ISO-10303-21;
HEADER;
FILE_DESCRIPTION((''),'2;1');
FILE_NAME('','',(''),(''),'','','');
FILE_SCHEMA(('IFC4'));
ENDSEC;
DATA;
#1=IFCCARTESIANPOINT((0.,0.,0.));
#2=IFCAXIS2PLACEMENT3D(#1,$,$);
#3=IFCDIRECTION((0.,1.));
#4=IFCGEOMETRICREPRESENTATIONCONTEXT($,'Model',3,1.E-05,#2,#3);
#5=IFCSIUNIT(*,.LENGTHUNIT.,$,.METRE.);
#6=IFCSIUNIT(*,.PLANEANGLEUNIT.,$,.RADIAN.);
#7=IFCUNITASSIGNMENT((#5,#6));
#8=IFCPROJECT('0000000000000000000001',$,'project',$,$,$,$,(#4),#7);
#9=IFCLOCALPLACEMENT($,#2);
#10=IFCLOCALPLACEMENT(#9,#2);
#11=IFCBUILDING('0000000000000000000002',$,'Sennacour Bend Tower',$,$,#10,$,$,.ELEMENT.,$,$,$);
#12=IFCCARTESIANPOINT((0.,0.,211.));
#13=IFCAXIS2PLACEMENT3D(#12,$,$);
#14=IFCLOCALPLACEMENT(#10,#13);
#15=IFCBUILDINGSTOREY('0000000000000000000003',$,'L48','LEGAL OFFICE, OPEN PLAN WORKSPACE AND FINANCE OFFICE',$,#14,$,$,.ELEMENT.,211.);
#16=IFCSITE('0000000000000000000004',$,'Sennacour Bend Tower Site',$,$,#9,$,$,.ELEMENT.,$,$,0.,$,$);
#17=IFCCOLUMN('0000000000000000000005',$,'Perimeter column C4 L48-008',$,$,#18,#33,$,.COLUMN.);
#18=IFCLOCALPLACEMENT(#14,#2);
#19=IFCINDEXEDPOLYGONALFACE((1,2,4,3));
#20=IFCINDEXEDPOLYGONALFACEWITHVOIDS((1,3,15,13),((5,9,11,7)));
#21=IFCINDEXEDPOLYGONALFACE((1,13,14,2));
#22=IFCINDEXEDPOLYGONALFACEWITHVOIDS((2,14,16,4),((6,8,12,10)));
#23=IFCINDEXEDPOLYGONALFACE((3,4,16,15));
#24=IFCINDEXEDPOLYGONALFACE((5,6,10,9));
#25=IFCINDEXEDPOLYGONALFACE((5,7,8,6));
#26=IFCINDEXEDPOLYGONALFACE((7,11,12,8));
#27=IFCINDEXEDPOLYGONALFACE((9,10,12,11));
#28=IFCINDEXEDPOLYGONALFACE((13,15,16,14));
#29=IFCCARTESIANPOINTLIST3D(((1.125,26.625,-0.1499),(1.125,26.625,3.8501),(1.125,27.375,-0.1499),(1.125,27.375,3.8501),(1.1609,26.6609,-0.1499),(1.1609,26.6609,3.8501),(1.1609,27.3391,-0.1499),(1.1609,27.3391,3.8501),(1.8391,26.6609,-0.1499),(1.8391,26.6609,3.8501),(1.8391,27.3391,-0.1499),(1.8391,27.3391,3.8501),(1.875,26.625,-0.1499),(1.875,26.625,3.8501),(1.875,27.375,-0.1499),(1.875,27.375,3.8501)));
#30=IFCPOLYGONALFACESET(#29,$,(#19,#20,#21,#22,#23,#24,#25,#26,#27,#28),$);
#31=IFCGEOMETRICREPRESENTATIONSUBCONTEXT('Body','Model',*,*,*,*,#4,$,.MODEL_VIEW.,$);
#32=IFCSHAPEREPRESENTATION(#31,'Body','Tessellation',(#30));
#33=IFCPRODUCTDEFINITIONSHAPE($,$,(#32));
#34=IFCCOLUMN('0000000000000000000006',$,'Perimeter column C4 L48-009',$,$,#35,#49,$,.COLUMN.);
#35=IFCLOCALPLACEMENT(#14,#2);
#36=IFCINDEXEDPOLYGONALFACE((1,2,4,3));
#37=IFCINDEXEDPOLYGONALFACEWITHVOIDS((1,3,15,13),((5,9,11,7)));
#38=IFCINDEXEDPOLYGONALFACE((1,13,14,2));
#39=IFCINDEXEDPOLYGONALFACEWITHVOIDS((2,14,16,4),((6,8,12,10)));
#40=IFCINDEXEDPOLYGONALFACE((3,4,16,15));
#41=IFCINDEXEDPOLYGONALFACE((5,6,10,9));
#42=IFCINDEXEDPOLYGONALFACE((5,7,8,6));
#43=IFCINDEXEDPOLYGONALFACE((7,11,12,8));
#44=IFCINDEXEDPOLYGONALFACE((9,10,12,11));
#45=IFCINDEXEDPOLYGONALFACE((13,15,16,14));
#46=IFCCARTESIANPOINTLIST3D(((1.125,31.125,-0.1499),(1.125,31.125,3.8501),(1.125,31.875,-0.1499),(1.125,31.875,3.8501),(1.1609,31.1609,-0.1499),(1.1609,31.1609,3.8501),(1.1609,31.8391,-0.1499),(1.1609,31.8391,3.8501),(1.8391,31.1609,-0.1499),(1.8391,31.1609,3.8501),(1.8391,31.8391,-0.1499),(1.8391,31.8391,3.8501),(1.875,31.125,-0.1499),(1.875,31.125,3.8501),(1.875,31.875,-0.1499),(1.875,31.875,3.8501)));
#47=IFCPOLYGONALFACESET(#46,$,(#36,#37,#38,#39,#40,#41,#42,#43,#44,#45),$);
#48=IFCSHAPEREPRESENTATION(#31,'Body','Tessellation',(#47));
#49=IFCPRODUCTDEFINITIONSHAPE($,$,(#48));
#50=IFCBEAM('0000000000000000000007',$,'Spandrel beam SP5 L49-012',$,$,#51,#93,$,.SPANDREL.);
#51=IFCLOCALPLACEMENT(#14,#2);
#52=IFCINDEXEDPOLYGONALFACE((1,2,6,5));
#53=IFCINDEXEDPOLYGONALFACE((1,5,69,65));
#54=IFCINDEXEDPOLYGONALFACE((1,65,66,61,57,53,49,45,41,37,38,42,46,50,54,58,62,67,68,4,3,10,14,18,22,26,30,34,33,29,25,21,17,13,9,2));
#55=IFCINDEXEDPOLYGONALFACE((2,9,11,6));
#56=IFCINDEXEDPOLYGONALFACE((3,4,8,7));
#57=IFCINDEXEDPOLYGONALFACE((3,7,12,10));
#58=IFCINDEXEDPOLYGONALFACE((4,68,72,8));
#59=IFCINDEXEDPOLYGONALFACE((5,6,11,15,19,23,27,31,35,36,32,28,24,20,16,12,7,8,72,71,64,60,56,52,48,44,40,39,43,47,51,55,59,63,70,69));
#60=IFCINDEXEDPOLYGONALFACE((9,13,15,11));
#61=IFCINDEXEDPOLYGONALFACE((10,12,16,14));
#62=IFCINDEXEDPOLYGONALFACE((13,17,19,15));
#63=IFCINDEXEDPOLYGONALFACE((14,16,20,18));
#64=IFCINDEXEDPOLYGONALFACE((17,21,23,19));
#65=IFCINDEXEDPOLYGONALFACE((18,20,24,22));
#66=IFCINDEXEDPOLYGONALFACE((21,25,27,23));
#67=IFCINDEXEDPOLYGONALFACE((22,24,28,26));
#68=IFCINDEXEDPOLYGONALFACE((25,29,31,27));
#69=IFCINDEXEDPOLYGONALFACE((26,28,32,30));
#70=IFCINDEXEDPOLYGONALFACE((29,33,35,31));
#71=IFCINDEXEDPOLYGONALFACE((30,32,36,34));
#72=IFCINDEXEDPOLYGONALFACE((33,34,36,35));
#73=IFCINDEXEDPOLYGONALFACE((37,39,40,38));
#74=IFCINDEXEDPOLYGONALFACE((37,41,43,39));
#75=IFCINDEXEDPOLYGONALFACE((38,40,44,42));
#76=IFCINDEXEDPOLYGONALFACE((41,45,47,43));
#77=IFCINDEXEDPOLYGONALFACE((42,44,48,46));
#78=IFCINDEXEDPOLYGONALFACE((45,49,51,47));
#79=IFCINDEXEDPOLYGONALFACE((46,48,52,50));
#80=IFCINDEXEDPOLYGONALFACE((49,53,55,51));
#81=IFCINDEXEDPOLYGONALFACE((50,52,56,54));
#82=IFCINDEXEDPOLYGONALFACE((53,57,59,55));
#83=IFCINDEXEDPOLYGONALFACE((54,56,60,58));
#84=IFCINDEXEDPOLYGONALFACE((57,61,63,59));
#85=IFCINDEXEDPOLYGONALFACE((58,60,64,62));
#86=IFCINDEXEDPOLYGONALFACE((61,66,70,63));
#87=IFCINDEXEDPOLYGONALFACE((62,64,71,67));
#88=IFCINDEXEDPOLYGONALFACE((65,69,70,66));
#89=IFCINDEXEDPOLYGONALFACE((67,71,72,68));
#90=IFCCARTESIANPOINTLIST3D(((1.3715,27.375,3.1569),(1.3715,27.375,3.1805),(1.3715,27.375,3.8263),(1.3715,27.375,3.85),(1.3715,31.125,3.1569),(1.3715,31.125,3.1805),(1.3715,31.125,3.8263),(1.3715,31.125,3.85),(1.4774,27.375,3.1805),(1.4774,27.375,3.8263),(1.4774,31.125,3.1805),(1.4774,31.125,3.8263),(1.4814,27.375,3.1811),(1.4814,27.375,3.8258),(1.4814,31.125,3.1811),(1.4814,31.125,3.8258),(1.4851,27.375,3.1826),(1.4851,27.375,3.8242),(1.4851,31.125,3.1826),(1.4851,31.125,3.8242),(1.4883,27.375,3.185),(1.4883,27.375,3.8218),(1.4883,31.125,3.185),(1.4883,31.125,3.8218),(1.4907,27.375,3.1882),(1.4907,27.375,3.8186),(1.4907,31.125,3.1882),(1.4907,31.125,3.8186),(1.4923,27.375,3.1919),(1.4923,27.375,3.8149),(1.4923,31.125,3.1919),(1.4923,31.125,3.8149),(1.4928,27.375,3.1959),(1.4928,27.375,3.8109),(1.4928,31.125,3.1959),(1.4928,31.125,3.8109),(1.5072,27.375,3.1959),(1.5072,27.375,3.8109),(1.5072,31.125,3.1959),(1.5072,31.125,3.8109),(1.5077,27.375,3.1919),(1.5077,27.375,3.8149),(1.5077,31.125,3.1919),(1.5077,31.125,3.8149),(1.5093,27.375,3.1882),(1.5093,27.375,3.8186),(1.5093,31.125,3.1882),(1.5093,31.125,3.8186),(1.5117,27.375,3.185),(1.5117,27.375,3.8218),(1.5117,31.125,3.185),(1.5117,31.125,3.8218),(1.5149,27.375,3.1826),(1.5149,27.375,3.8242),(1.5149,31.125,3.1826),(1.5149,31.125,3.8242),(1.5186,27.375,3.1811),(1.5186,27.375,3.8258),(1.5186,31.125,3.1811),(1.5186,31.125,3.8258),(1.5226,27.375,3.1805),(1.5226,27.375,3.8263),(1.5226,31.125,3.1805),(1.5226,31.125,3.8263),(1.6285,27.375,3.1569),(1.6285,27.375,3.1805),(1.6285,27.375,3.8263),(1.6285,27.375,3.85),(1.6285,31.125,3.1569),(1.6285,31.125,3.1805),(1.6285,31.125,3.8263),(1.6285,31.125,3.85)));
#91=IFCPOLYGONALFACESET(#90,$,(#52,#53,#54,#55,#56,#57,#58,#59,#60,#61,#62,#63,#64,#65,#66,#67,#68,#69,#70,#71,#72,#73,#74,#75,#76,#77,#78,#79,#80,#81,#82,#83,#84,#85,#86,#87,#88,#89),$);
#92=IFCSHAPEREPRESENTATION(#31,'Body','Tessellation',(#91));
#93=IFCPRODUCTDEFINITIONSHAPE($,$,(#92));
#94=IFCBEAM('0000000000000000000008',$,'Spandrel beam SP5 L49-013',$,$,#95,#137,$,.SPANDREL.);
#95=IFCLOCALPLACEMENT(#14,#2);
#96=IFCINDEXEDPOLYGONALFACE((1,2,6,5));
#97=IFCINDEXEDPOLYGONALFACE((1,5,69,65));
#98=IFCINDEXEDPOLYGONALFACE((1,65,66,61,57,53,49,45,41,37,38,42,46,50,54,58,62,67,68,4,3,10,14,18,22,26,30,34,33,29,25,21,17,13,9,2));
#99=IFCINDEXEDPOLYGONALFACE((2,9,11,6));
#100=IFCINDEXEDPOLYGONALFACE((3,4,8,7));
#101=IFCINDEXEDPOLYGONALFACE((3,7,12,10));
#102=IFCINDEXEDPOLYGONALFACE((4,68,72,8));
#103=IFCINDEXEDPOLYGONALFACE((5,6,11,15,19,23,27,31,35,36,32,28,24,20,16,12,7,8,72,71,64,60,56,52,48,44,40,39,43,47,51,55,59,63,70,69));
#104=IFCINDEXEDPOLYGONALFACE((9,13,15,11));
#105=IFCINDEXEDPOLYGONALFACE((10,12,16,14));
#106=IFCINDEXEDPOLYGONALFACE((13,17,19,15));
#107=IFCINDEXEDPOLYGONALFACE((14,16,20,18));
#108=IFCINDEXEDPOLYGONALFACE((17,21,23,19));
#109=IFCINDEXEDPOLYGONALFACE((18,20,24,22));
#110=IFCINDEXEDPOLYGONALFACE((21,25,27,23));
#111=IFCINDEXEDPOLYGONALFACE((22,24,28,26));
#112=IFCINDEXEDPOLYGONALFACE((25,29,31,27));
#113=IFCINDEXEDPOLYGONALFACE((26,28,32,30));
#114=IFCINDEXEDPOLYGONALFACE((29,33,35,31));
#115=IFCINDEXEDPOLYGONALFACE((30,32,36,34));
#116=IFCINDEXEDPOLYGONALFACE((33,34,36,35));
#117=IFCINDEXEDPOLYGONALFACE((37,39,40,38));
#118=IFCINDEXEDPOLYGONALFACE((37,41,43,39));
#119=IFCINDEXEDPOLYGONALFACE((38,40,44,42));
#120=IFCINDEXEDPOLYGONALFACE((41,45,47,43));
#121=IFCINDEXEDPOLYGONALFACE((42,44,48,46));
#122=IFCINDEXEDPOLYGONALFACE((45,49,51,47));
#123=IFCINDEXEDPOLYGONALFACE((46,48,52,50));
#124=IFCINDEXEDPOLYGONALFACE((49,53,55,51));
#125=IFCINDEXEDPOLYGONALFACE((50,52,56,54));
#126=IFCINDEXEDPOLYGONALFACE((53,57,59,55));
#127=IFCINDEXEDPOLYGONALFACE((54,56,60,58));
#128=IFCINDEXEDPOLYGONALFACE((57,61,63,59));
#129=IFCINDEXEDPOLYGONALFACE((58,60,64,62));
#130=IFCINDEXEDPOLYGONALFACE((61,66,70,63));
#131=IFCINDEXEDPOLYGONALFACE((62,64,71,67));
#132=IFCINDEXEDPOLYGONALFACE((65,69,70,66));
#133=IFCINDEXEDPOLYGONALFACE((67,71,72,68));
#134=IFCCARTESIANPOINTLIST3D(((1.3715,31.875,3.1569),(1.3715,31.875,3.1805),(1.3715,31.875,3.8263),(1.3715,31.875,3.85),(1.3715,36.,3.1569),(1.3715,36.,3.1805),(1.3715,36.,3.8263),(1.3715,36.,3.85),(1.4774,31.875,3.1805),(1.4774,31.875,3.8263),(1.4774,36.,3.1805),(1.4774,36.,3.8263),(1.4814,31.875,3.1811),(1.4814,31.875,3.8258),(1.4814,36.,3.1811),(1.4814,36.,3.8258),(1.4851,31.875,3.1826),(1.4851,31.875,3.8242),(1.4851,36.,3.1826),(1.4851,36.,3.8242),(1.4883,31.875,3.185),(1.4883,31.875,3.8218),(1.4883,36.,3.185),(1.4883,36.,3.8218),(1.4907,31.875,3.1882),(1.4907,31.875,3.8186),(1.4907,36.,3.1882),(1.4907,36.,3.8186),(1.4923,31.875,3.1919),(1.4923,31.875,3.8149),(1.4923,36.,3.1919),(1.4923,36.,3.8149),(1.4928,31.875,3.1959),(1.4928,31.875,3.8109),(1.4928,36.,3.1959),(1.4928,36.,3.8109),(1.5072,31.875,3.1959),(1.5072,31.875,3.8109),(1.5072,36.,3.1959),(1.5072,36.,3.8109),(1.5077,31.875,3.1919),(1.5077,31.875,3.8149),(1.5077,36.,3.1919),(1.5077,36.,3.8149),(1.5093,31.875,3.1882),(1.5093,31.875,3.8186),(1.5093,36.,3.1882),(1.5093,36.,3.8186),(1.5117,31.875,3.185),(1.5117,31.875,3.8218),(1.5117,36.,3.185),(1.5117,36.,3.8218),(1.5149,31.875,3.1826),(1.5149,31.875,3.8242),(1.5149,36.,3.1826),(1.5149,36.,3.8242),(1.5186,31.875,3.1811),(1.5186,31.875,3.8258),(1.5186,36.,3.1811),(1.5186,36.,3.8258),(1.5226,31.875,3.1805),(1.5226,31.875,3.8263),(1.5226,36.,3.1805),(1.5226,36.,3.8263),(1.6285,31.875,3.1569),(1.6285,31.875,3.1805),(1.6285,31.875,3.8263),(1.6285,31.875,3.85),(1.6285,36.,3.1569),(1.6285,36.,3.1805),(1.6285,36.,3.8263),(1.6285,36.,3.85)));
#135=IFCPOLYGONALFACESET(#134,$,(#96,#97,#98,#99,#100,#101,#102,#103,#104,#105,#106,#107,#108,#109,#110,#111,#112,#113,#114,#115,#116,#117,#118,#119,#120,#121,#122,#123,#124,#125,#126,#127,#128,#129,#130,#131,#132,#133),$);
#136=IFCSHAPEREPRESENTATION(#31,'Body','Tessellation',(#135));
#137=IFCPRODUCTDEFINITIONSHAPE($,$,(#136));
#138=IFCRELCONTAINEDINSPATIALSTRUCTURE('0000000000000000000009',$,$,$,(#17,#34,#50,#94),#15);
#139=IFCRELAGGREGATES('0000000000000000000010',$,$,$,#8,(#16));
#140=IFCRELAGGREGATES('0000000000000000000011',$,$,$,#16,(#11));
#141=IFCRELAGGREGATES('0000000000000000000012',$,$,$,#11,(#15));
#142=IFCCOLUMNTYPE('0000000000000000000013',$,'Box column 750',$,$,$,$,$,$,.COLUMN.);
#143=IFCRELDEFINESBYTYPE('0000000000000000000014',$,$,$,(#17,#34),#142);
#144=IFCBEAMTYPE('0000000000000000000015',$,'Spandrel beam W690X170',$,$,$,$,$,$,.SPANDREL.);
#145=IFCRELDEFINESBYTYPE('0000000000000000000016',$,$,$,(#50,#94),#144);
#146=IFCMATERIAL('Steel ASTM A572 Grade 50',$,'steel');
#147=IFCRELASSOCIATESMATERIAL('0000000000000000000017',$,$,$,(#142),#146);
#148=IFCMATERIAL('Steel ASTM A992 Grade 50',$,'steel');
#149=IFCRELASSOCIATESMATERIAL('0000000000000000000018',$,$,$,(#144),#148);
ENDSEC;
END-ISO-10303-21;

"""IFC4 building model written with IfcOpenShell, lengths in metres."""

from ifc_helpers import new_model, si_unit, direction, frame, origin, origin_2d, place, context, subcontext, project, spatial, hollow_rectangle, i_section, extrude, material, material_profile, profile_set, type_object, element, save


model = new_model("IFC4")

# Units and contexts
model_context = context("Model", 3, precision=1e-05, world=origin(), true_north=direction((0.0, 1.0)))
body_context = subcontext(model_context, "Body", "Model", "MODEL_VIEW")
ifc_project = project(units=[si_unit("LENGTHUNIT", "METRE"), si_unit("PLANEANGLEUNIT", "RADIAN")], contexts=[model_context])

# Site, building, storey
site_placement = place(None, origin())
site = spatial("IfcSite", under=ifc_project, at=site_placement, Name="Sennacour Bend Tower Site", CompositionType="ELEMENT", RefElevation=0.0)
building_placement = place(site_placement, origin())
building = spatial("IfcBuilding", under=site, at=building_placement, Name="Sennacour Bend Tower", CompositionType="ELEMENT")
storey_placement = place(building_placement, frame((0.0, 0.0, 211.0)))
storey = spatial("IfcBuildingStorey", under=building, at=storey_placement, Name="L48", Description="LEGAL OFFICE, OPEN PLAN WORKSPACE AND FINANCE OFFICE", CompositionType="ELEMENT", Elevation=211.0)

# Columns
ifc_material_1 = material(Name="Steel ASTM A572 Grade 50", Category="steel")
ifc_material_profile_1 = material_profile(ifc_material_1, hollow_rectangle(XDim=0.75, YDim=0.75, WallThickness=0.0359, at=origin_2d()), Name="Steel ASTM A572 Grade 50", Category="steel")
ifc_profile_set_1 = profile_set([ifc_material_profile_1], Name="Steel ASTM A572 Grade 50")
column_type = type_object("IfcColumnType", Name="Box column 750", PredefinedType="COLUMN", material=ifc_profile_set_1)
for number, where, z_axis, x_axis, name in (
    (1, (1.5, 27.0, -0.1499), (0.0, 0.0, 1.0), (1.0, 0.0, 0.0), "Perimeter column C4 L48-008"),
    (2, (1.5, 31.5, -0.1499), (0.0, 0.0, 1.0), (1.0, 0.0, 0.0), "Perimeter column C4 L48-009"),
):
    element("IfcColumn", number, at=place(storey_placement, frame(where, z_axis=z_axis, x_axis=x_axis)), inside=storey, type_object=column_type, Name=name, PredefinedType="COLUMN", context=body_context, shape_type="SweptSolid", body=[
        extrude(hollow_rectangle(XDim=0.75, YDim=0.75, WallThickness=0.0359, at=origin_2d()), origin(), (0.0, 0.0, 1.0), 4.0),
    ])

# Beams
ifc_material_2 = material(Name="Steel ASTM A992 Grade 50", Category="steel")
ifc_material_profile_2 = material_profile(ifc_material_2, i_section(OverallWidth=0.2571, OverallDepth=0.6931, WebThickness=0.0144, FlangeThickness=0.0237, FilletRadius=0.0154, at=origin_2d()), Name="Steel ASTM A992 Grade 50", Category="steel")
ifc_profile_set_2 = profile_set([ifc_material_profile_2], Name="Steel ASTM A992 Grade 50")
beam_type = type_object("IfcBeamType", Name="Spandrel beam W690X170", PredefinedType="SPANDREL", material=ifc_profile_set_2)
beam_1_placement = place(storey_placement, frame((1.5, 27.375, 3.5034), z_axis=(0.0, 1.0, 0.0), x_axis=(-1.0, 0.0, 0.0)))
element("IfcBeam", 3, at=beam_1_placement, inside=storey, type_object=beam_type, Name="Spandrel beam SP5 L49-012", PredefinedType="SPANDREL", context=body_context, shape_type="SweptSolid", body=[
    extrude(i_section(OverallWidth=0.2571, OverallDepth=0.6931, WebThickness=0.0144, FlangeThickness=0.0237, FilletRadius=0.0154, at=origin_2d()), origin(), (0.0, 0.0, 1.0), 3.75),
])
beam_2_placement = place(storey_placement, frame((1.5, 31.875, 3.5034), z_axis=(0.0, 1.0, 0.0), x_axis=(-1.0, 0.0, 0.0)))
element("IfcBeam", 4, at=beam_2_placement, inside=storey, type_object=beam_type, Name="Spandrel beam SP5 L49-013", PredefinedType="SPANDREL", context=body_context, shape_type="SweptSolid", body=[
    extrude(i_section(OverallWidth=0.2571, OverallDepth=0.6931, WebThickness=0.0144, FlangeThickness=0.0237, FilletRadius=0.0154, at=origin_2d()), origin(), (0.0, 0.0, 1.0), 4.125),
])

save(model, "model.ifc")
